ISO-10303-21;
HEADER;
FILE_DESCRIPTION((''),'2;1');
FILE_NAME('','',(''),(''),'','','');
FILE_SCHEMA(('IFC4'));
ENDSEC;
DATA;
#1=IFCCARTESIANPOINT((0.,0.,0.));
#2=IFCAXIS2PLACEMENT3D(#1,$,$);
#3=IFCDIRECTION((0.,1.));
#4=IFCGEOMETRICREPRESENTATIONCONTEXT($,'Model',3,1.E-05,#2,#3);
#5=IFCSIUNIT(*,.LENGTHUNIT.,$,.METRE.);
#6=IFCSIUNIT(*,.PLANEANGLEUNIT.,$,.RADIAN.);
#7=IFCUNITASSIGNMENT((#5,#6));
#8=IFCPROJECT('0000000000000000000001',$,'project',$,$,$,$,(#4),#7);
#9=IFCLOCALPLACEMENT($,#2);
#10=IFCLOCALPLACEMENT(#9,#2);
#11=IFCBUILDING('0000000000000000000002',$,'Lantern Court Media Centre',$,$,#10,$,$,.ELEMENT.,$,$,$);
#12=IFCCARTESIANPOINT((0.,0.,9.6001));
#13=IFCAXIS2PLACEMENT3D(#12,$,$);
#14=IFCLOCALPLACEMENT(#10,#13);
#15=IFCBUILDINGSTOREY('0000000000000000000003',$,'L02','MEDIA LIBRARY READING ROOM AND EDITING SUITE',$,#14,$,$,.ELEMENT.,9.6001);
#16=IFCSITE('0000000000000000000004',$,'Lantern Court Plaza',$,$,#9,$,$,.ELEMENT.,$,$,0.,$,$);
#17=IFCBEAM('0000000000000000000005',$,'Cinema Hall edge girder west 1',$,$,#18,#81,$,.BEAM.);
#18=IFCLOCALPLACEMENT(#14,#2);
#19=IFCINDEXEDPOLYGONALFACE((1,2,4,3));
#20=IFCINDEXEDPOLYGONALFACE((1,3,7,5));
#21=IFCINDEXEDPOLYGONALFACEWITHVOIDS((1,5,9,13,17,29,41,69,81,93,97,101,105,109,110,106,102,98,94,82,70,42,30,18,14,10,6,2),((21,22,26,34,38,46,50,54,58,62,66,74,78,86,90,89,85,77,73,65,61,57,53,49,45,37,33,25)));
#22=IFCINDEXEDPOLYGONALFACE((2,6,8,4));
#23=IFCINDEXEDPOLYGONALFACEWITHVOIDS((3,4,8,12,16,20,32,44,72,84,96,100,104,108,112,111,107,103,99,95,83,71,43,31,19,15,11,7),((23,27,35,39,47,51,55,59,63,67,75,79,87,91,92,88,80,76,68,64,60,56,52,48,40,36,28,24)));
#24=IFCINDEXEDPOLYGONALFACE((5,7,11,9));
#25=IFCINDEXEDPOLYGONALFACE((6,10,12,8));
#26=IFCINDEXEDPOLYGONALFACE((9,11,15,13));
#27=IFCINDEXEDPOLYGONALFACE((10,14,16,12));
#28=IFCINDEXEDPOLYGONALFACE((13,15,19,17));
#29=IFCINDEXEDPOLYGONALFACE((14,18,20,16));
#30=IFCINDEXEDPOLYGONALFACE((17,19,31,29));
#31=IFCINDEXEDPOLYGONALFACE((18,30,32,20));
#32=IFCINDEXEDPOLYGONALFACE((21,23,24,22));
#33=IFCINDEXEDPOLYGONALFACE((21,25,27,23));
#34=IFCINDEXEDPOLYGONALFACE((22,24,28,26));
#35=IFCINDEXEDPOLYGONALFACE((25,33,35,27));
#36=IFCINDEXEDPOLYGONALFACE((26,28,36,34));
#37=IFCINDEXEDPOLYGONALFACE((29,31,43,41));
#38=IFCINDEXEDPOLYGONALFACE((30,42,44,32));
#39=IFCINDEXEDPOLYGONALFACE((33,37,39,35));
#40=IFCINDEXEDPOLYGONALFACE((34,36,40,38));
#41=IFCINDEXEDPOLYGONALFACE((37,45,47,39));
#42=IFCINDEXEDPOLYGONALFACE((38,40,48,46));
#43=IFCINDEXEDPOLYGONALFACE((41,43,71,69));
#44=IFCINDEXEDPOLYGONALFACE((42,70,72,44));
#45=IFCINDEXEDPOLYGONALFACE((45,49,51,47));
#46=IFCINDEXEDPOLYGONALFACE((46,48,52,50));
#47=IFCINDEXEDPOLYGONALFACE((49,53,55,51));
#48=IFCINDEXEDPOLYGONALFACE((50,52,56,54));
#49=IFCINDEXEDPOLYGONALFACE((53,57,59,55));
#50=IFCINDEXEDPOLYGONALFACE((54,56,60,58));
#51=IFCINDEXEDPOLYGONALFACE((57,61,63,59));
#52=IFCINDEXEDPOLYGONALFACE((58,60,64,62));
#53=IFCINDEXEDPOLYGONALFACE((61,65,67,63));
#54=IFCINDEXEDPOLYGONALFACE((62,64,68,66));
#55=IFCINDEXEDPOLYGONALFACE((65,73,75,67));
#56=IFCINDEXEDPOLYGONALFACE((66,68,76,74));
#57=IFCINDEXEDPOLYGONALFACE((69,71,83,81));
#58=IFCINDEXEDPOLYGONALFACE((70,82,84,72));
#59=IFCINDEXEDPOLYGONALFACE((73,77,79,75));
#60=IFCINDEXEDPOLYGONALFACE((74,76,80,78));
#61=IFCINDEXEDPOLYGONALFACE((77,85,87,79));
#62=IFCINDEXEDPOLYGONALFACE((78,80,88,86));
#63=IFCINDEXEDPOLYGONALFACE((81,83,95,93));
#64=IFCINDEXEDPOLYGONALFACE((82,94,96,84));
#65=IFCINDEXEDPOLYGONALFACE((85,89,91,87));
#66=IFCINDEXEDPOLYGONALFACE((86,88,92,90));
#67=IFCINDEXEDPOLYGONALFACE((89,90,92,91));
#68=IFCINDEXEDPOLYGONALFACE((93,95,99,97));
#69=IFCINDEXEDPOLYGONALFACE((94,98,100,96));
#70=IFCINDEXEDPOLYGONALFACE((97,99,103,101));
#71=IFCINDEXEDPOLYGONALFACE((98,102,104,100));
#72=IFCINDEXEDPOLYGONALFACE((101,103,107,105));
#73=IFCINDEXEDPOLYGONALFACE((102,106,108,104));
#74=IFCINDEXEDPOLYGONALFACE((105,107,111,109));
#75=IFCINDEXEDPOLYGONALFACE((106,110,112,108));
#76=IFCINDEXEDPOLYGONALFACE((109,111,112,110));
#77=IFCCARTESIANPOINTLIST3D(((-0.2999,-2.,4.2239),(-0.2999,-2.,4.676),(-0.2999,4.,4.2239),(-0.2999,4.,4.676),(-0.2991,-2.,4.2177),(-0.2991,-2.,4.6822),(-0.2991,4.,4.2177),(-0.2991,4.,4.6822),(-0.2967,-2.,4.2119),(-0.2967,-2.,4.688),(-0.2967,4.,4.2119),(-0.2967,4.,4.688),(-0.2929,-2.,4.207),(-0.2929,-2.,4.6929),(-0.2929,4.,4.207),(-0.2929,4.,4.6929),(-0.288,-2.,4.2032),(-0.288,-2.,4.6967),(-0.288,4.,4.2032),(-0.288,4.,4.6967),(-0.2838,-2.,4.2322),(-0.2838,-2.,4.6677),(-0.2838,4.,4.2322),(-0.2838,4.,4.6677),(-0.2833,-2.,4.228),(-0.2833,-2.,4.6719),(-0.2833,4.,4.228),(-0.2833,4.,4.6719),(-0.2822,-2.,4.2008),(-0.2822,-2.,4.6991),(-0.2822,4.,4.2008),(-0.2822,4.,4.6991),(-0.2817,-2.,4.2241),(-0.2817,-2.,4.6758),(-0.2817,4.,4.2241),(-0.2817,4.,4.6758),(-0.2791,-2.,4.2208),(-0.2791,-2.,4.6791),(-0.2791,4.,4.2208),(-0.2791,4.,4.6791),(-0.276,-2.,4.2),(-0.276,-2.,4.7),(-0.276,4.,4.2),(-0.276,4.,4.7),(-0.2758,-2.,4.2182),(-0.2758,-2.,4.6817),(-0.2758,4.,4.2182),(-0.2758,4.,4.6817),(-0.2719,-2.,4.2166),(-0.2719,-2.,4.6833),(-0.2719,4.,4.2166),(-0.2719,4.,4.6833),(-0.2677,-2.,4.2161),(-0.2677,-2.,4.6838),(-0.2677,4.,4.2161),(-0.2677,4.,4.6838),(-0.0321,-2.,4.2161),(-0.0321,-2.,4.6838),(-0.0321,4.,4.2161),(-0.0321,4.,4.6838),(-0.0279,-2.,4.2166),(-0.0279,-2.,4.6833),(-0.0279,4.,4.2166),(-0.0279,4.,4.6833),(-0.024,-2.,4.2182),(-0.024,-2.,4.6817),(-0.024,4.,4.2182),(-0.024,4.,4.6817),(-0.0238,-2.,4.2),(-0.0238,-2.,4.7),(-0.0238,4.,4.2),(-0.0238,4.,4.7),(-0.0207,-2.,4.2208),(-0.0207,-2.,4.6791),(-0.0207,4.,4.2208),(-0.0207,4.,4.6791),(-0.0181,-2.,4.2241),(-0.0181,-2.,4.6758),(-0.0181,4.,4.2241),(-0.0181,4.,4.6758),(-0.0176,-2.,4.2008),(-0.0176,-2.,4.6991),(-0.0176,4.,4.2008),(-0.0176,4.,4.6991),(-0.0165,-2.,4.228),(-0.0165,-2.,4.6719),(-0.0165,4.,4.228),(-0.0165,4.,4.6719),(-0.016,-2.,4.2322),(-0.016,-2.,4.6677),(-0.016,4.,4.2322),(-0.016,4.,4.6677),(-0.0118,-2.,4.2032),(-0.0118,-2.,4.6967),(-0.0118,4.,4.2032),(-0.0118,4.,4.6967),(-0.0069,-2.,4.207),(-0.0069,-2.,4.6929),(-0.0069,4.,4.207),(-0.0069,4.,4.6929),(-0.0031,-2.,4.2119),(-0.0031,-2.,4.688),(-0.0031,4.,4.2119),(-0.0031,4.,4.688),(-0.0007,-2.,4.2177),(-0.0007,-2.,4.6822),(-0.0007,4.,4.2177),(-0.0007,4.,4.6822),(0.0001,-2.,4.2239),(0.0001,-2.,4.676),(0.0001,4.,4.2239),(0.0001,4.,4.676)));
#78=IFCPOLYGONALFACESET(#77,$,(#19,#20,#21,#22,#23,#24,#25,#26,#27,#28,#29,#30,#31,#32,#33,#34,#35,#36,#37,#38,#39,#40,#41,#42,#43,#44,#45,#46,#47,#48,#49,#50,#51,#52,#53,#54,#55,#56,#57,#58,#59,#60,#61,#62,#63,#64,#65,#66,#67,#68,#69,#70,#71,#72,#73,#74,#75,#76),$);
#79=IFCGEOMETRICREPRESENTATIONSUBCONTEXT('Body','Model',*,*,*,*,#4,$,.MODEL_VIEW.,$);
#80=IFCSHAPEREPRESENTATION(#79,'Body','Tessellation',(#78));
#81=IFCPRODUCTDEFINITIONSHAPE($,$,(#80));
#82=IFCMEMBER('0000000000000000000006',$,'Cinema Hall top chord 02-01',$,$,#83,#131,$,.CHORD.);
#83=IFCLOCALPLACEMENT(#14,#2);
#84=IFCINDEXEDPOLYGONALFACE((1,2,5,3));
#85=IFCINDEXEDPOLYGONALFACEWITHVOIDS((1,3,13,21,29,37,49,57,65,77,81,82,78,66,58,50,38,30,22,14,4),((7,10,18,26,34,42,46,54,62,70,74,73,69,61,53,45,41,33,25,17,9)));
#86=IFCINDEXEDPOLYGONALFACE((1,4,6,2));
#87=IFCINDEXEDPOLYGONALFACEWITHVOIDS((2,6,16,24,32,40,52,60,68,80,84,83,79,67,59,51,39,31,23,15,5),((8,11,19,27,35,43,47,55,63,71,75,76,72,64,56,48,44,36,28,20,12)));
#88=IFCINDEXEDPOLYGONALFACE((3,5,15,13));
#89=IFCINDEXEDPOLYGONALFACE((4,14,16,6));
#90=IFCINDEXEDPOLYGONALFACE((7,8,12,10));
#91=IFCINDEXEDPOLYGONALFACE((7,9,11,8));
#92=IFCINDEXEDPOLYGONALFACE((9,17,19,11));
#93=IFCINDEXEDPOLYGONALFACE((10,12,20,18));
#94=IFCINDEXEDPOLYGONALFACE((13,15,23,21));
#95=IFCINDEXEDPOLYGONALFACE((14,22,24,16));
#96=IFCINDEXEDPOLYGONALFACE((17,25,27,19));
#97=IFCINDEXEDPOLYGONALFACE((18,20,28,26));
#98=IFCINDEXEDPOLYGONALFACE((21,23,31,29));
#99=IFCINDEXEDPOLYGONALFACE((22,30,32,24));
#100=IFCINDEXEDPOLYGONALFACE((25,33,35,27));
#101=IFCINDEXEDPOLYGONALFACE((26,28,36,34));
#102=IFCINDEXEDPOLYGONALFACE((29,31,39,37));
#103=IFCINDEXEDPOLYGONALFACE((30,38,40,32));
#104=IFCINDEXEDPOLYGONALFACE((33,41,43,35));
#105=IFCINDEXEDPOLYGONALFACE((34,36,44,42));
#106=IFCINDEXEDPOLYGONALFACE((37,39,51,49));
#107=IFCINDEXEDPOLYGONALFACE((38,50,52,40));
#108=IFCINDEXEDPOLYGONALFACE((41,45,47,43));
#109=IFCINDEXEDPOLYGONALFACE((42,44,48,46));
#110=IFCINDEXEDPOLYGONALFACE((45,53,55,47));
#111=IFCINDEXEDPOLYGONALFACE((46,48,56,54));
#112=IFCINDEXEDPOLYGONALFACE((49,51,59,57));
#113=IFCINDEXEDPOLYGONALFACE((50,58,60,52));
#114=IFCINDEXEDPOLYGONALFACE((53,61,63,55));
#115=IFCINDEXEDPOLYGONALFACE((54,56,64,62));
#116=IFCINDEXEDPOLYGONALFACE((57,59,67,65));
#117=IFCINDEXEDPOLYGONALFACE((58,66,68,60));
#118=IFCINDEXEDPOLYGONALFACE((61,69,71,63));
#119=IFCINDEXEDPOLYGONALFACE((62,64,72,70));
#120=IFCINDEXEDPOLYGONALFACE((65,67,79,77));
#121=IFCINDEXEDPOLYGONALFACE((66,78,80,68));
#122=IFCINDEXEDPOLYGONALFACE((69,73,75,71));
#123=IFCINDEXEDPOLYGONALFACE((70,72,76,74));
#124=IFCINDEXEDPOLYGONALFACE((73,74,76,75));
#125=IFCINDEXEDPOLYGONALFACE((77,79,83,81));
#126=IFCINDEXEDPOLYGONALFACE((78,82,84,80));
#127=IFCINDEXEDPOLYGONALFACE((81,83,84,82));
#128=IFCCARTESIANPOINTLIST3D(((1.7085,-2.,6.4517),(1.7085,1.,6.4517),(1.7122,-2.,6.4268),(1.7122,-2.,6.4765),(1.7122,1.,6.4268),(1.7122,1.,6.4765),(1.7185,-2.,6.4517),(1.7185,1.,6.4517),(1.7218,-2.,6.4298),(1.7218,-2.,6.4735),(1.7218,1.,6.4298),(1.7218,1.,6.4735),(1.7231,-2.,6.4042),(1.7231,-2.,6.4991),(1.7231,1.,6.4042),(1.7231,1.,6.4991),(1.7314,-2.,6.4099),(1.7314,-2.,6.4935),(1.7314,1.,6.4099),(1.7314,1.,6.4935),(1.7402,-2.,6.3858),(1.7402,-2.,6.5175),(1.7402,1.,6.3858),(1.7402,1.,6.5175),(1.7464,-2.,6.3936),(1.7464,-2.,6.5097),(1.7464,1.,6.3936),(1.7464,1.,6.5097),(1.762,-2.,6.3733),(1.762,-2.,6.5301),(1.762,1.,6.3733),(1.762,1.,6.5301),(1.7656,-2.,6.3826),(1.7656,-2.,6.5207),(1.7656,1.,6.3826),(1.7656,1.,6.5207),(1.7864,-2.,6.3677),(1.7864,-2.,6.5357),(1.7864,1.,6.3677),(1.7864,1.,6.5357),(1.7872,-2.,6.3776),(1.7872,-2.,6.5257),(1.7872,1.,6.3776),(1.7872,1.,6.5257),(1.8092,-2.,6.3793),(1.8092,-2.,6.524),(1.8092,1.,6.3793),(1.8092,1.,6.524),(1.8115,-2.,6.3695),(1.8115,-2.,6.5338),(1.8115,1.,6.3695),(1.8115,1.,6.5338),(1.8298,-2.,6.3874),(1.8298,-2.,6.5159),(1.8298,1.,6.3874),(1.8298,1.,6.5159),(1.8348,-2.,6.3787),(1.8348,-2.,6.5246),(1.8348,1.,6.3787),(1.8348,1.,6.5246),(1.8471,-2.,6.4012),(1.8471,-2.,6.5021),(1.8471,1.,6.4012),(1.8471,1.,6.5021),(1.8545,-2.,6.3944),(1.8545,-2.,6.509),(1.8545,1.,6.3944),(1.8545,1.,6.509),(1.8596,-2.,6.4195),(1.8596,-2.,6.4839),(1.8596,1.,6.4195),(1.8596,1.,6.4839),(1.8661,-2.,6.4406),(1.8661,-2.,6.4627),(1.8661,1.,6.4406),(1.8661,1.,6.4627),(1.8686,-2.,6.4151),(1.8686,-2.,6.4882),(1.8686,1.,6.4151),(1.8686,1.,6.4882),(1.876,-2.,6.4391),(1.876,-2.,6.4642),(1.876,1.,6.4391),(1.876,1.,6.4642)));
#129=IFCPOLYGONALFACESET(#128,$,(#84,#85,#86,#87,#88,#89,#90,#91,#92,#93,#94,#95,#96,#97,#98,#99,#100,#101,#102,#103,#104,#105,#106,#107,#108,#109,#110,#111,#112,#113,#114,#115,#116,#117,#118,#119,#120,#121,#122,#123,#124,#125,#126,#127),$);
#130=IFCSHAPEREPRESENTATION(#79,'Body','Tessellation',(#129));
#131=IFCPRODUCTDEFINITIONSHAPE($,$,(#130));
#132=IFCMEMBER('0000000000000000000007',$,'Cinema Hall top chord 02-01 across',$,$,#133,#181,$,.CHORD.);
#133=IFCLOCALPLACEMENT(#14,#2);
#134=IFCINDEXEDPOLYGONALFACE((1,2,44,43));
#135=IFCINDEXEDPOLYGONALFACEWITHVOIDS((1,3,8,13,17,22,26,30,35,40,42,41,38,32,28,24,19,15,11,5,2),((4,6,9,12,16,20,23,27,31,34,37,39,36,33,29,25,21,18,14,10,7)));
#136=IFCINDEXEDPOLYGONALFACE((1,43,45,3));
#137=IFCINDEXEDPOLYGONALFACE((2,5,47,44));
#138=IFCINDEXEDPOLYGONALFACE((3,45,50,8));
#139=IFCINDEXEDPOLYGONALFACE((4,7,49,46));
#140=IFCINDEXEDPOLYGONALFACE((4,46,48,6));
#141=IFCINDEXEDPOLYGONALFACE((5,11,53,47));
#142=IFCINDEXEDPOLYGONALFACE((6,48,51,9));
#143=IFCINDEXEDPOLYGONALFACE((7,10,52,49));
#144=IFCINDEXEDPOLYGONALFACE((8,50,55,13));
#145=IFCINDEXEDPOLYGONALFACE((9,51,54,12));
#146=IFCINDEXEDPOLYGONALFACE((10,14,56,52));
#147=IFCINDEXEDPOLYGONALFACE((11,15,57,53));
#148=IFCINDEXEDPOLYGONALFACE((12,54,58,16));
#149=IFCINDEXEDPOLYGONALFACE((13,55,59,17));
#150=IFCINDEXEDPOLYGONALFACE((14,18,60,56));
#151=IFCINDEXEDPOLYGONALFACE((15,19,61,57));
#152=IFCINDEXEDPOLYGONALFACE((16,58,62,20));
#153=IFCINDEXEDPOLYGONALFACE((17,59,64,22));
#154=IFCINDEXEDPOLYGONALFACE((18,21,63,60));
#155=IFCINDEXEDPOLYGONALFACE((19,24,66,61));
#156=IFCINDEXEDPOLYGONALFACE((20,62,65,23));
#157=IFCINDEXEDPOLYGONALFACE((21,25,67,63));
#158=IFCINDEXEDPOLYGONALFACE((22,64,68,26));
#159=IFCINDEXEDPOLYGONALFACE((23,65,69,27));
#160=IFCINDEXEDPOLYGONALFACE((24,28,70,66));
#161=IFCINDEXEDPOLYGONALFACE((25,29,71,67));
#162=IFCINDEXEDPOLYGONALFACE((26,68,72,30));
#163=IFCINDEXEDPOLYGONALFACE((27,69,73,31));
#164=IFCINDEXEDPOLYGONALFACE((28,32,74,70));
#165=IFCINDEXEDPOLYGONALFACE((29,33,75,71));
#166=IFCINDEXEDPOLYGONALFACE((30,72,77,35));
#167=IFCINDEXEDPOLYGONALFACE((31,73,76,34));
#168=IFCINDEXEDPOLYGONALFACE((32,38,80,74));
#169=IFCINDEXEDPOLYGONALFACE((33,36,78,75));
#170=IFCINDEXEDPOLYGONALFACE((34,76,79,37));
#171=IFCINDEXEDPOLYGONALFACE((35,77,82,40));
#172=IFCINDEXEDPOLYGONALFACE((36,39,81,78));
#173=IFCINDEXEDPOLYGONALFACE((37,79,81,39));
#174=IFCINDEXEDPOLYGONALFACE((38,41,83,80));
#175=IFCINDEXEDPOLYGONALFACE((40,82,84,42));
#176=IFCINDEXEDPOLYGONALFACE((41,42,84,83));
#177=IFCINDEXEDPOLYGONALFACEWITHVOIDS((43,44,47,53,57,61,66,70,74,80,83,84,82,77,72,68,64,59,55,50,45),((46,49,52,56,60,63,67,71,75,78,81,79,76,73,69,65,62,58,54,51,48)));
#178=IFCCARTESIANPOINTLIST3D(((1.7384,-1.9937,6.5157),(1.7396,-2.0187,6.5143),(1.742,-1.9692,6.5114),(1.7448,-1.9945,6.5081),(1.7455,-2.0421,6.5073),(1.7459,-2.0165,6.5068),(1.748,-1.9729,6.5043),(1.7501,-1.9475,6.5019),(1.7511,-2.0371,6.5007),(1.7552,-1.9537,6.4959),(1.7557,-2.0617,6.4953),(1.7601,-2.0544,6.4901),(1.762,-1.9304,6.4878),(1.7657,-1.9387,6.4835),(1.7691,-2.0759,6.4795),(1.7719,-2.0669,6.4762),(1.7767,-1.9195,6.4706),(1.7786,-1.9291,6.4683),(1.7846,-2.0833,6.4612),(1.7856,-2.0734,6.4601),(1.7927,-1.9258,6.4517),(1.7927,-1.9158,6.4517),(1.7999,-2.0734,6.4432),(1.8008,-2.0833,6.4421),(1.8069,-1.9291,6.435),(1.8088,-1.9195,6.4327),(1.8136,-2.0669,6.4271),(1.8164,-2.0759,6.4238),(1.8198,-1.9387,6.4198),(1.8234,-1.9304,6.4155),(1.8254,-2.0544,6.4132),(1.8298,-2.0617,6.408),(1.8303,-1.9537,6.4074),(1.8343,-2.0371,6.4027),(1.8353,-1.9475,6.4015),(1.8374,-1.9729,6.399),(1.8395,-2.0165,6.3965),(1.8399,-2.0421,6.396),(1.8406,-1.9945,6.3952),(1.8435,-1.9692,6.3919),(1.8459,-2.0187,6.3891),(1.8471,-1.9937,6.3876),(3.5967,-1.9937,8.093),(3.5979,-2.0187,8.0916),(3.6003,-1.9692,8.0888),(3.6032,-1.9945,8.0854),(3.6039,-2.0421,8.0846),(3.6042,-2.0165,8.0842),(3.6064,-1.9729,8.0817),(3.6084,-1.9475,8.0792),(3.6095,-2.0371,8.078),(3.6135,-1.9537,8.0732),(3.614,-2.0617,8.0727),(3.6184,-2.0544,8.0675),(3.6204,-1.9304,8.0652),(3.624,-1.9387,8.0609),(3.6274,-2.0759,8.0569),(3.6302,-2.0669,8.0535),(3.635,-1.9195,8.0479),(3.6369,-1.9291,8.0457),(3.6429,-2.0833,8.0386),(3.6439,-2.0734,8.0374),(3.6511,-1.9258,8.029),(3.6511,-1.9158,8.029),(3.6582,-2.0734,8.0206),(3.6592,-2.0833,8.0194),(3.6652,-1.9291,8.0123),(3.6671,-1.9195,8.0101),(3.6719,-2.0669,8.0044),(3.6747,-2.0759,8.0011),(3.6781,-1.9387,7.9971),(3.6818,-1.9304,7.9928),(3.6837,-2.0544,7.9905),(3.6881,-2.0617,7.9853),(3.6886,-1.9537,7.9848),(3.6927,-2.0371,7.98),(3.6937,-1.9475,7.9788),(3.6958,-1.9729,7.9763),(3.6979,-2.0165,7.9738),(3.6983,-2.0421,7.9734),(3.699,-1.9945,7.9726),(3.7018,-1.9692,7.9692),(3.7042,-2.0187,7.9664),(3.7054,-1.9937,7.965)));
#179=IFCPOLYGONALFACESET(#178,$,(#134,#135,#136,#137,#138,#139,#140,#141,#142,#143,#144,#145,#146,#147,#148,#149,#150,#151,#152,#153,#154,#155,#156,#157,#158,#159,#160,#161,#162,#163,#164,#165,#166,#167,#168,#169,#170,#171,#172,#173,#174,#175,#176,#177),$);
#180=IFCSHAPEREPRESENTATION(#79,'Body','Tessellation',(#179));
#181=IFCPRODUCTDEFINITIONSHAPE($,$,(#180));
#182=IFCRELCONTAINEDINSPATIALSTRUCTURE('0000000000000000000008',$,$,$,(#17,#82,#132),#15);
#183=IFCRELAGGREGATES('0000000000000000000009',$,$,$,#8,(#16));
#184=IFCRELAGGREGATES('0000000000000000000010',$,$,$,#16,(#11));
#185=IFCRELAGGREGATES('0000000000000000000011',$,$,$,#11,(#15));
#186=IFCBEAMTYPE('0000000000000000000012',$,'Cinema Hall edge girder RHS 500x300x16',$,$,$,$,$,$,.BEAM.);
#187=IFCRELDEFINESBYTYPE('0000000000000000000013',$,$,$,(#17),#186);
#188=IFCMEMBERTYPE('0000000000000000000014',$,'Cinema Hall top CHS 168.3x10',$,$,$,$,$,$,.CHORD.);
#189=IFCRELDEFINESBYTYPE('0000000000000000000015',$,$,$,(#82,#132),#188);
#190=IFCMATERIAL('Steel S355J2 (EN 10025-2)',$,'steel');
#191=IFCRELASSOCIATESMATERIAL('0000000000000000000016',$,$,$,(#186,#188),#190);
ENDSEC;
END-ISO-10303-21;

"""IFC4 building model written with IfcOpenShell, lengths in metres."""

from ifc_helpers import new_model, si_unit, direction, frame, origin, origin_2d, place, context, subcontext, project, spatial, hollow_rectangle, hollow_circle, extrude, material, material_profile, profile_set, type_object, element, save


model = new_model("IFC4")

# Units and contexts
model_context = context("Model", 3, precision=1e-05, world=origin(), true_north=direction((0.0, 1.0)))
body_context = subcontext(model_context, "Body", "Model", "MODEL_VIEW")
ifc_project = project(units=[si_unit("LENGTHUNIT", "METRE"), si_unit("PLANEANGLEUNIT", "RADIAN")], contexts=[model_context])

# Site, building, storey
site_placement = place(None, origin())
site = spatial("IfcSite", under=ifc_project, at=site_placement, Name="Lantern Court Plaza", CompositionType="ELEMENT", RefElevation=0.0)
building_placement = place(site_placement, origin())
building = spatial("IfcBuilding", under=site, at=building_placement, Name="Lantern Court Media Centre", CompositionType="ELEMENT")
storey_placement = place(building_placement, frame((0.0, 0.0, 9.6001)))
storey = spatial("IfcBuildingStorey", under=building, at=storey_placement, Name="L02", Description="MEDIA LIBRARY READING ROOM AND EDITING SUITE", CompositionType="ELEMENT", Elevation=9.6001)

# Shared definitions
ifc_material_1 = material(Name="Steel S355J2 (EN 10025-2)", Category="steel")

# Beam
ifc_material_profile_1 = material_profile(ifc_material_1, hollow_rectangle(XDim=0.3, YDim=0.5, WallThickness=0.0161, InnerFilletRadius=0.0161, OuterFilletRadius=0.0239, at=origin_2d()), Name="Cinema Hall edge girder RHS 500x300x16")
ifc_profile_set_1 = profile_set([ifc_material_profile_1], Name="Steel S355J2 (EN 10025-2)")
beam_type = type_object("IfcBeamType", Name="Cinema Hall edge girder RHS 500x300x16", PredefinedType="BEAM", material=ifc_profile_set_1)
beam_placement = place(storey_placement, frame((-0.1499, -2.0, 4.45), z_axis=(0.0, 1.0, 0.0), x_axis=(-1.0, 0.0, 0.0)))
element("IfcBeam", 1, at=beam_placement, inside=storey, type_object=beam_type, Name="Cinema Hall edge girder west 1", PredefinedType="BEAM", context=body_context, shape_type="SweptSolid", body=[
    extrude(hollow_rectangle(XDim=0.3, YDim=0.5, WallThickness=0.0161, InnerFilletRadius=0.0161, OuterFilletRadius=0.0239, at=origin_2d()), origin(), (0.0, 0.0, 1.0), 6.0),
])

# Members
ifc_material_profile_2 = material_profile(ifc_material_1, hollow_circle(Radius=0.0842, WallThickness=0.01, at=origin_2d()), Name="Cinema Hall top CHS 168.3x10")
ifc_profile_set_2 = profile_set([ifc_material_profile_2], Name="Steel S355J2 (EN 10025-2)")
member_type_1 = type_object("IfcMemberType", Name="Cinema Hall top CHS 168.3x10", PredefinedType="CHORD", material=ifc_profile_set_2)
member_1_placement = place(storey_placement, frame((1.7927, -2.0, 6.4517), z_axis=(0.0, 1.0, 0.0), x_axis=(-1.0, 0.0, 0.0)))
element("IfcMember", 2, at=member_1_placement, inside=storey, type_object=member_type_1, Name="Cinema Hall top chord 02-01", PredefinedType="CHORD", context=body_context, shape_type="SweptSolid", body=[
    extrude(hollow_circle(Radius=0.0842, WallThickness=0.01, at=origin_2d()), origin(), (0.0, 0.0, 1.0), 3.0),
])
member_2_placement = place(storey_placement, frame((1.7927, -2.0, 6.4517), z_axis=(0.762394, 0.0, 0.647113), x_axis=(0.0, 1.0, 0.0)))
element("IfcMember", 3, at=member_2_placement, inside=storey, type_object=member_type_1, Name="Cinema Hall top chord 02-01 across", PredefinedType="CHORD", context=body_context, shape_type="SweptSolid", body=[
    extrude(hollow_circle(Radius=0.0842, WallThickness=0.01, at=origin_2d()), origin(), (0.0, 0.0, 1.0), 2.4375),
])

save(model, "model.ifc")
